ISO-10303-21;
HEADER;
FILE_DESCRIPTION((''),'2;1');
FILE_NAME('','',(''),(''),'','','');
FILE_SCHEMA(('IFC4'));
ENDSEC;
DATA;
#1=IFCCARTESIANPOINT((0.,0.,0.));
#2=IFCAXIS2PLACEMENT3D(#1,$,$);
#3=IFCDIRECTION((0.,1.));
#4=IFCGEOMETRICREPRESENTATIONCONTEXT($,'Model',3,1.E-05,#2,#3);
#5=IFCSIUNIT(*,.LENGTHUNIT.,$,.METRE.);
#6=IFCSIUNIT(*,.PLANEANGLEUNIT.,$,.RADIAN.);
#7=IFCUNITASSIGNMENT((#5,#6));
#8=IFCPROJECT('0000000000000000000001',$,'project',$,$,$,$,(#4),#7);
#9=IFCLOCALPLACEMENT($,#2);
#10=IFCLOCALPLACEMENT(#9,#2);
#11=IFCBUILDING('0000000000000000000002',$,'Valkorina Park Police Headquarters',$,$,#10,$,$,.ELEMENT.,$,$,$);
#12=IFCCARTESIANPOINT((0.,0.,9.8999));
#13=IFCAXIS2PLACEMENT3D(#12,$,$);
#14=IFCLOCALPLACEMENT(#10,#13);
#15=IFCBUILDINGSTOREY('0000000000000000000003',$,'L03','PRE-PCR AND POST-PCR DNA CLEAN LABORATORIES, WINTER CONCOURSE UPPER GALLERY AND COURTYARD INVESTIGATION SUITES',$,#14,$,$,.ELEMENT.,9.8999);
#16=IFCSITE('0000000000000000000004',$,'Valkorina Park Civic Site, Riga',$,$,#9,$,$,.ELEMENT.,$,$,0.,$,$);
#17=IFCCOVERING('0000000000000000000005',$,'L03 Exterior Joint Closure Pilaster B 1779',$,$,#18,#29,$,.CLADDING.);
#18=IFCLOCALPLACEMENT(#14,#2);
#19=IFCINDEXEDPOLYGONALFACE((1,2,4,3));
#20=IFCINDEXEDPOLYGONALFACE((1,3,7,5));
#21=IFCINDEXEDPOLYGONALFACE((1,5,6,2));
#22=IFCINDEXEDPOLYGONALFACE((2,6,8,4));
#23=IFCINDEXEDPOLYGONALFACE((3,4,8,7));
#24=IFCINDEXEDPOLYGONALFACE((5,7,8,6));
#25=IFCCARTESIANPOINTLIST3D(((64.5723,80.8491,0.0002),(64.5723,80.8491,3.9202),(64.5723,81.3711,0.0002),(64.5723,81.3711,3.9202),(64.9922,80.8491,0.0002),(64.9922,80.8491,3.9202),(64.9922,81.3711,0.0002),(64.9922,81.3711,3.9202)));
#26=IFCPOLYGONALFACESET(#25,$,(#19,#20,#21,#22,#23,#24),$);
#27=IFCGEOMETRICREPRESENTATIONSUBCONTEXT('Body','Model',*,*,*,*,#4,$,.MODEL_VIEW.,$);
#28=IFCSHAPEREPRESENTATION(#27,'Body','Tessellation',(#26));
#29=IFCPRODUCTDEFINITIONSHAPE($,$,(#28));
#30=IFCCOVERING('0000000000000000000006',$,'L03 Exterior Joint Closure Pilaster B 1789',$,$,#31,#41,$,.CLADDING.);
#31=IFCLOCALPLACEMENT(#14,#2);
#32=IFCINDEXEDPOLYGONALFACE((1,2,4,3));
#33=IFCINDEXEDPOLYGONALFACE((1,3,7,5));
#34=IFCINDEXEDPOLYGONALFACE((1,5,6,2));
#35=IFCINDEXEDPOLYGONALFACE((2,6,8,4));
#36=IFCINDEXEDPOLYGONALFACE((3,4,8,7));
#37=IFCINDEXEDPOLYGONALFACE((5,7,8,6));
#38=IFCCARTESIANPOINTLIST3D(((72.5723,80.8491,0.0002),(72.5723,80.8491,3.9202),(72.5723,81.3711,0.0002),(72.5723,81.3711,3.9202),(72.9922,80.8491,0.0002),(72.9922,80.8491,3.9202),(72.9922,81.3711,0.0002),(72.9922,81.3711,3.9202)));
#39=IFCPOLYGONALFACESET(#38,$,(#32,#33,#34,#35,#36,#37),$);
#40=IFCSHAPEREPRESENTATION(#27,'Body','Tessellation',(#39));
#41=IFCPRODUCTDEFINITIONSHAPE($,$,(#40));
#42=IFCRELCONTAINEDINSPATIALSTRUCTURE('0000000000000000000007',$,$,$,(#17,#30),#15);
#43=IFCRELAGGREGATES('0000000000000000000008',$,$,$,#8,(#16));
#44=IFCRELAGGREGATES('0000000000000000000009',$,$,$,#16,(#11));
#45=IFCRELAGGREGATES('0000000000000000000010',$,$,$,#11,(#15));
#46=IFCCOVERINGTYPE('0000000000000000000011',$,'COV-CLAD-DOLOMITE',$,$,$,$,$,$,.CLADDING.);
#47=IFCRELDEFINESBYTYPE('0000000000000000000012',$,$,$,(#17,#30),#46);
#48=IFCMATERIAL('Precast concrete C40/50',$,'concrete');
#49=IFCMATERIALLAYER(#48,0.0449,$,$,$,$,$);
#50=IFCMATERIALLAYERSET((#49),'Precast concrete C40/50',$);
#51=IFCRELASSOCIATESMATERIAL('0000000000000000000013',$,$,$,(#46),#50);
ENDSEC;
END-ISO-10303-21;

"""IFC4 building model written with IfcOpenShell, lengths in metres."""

from ifc_helpers import new_model, si_unit, direction, frame, origin, origin_2d, place, context, subcontext, project, spatial, rectangle, extrude, material, layer, layer_set, type_object, element, save


model = new_model("IFC4")

# Units and contexts
model_context = context("Model", 3, precision=1e-05, world=origin(), true_north=direction((0.0, 1.0)))
body_context = subcontext(model_context, "Body", "Model", "MODEL_VIEW")
ifc_project = project(units=[si_unit("LENGTHUNIT", "METRE"), si_unit("PLANEANGLEUNIT", "RADIAN")], contexts=[model_context])

# Site, building, storey
site_placement = place(None, origin())
site = spatial("IfcSite", under=ifc_project, at=site_placement, Name="Valkorina Park Civic Site, Riga", CompositionType="ELEMENT", RefElevation=0.0)
building_placement = place(site_placement, origin())
building = spatial("IfcBuilding", under=site, at=building_placement, Name="Valkorina Park Police Headquarters", CompositionType="ELEMENT")
storey_placement = place(building_placement, frame((0.0, 0.0, 9.8999)))
storey = spatial("IfcBuildingStorey", under=building, at=storey_placement, Name="L03", Description="PRE-PCR AND POST-PCR DNA CLEAN LABORATORIES, WINTER CONCOURSE UPPER GALLERY AND COURTYARD INVESTIGATION SUITES", CompositionType="ELEMENT", Elevation=9.8999)

# Coverings
ifc_material_1 = material(Name="Precast concrete C40/50", Category="concrete")
ifc_layer_1 = layer(ifc_material_1, 0.0449)
ifc_layer_set_1 = layer_set([ifc_layer_1], Name="Precast concrete C40/50")
covering_type = type_object("IfcCoveringType", Name="COV-CLAD-DOLOMITE", PredefinedType="CLADDING", material=ifc_layer_set_1)
for number, where, z_axis, x_axis, name in (
    (1, (64.7822, 81.1101, 0.0002), (0.0, 0.0, 1.0), (1.0, 0.0, 0.0), "L03 Exterior Joint Closure Pilaster B 1779"),
    (2, (72.7822, 81.1101, 0.0002), (0.0, 0.0, 1.0), (1.0, 0.0, 0.0), "L03 Exterior Joint Closure Pilaster B 1789"),
):
    element("IfcCovering", number, at=place(storey_placement, frame(where, z_axis=z_axis, x_axis=x_axis)), inside=storey, type_object=covering_type, Name=name, PredefinedType="CLADDING", context=body_context, shape_type="SweptSolid", body=[
        extrude(rectangle(XDim=0.4199, YDim=0.522, at=origin_2d()), origin(), (0.0, 0.0, 1.0), 3.9199),
    ])

save(model, "model.ifc")
